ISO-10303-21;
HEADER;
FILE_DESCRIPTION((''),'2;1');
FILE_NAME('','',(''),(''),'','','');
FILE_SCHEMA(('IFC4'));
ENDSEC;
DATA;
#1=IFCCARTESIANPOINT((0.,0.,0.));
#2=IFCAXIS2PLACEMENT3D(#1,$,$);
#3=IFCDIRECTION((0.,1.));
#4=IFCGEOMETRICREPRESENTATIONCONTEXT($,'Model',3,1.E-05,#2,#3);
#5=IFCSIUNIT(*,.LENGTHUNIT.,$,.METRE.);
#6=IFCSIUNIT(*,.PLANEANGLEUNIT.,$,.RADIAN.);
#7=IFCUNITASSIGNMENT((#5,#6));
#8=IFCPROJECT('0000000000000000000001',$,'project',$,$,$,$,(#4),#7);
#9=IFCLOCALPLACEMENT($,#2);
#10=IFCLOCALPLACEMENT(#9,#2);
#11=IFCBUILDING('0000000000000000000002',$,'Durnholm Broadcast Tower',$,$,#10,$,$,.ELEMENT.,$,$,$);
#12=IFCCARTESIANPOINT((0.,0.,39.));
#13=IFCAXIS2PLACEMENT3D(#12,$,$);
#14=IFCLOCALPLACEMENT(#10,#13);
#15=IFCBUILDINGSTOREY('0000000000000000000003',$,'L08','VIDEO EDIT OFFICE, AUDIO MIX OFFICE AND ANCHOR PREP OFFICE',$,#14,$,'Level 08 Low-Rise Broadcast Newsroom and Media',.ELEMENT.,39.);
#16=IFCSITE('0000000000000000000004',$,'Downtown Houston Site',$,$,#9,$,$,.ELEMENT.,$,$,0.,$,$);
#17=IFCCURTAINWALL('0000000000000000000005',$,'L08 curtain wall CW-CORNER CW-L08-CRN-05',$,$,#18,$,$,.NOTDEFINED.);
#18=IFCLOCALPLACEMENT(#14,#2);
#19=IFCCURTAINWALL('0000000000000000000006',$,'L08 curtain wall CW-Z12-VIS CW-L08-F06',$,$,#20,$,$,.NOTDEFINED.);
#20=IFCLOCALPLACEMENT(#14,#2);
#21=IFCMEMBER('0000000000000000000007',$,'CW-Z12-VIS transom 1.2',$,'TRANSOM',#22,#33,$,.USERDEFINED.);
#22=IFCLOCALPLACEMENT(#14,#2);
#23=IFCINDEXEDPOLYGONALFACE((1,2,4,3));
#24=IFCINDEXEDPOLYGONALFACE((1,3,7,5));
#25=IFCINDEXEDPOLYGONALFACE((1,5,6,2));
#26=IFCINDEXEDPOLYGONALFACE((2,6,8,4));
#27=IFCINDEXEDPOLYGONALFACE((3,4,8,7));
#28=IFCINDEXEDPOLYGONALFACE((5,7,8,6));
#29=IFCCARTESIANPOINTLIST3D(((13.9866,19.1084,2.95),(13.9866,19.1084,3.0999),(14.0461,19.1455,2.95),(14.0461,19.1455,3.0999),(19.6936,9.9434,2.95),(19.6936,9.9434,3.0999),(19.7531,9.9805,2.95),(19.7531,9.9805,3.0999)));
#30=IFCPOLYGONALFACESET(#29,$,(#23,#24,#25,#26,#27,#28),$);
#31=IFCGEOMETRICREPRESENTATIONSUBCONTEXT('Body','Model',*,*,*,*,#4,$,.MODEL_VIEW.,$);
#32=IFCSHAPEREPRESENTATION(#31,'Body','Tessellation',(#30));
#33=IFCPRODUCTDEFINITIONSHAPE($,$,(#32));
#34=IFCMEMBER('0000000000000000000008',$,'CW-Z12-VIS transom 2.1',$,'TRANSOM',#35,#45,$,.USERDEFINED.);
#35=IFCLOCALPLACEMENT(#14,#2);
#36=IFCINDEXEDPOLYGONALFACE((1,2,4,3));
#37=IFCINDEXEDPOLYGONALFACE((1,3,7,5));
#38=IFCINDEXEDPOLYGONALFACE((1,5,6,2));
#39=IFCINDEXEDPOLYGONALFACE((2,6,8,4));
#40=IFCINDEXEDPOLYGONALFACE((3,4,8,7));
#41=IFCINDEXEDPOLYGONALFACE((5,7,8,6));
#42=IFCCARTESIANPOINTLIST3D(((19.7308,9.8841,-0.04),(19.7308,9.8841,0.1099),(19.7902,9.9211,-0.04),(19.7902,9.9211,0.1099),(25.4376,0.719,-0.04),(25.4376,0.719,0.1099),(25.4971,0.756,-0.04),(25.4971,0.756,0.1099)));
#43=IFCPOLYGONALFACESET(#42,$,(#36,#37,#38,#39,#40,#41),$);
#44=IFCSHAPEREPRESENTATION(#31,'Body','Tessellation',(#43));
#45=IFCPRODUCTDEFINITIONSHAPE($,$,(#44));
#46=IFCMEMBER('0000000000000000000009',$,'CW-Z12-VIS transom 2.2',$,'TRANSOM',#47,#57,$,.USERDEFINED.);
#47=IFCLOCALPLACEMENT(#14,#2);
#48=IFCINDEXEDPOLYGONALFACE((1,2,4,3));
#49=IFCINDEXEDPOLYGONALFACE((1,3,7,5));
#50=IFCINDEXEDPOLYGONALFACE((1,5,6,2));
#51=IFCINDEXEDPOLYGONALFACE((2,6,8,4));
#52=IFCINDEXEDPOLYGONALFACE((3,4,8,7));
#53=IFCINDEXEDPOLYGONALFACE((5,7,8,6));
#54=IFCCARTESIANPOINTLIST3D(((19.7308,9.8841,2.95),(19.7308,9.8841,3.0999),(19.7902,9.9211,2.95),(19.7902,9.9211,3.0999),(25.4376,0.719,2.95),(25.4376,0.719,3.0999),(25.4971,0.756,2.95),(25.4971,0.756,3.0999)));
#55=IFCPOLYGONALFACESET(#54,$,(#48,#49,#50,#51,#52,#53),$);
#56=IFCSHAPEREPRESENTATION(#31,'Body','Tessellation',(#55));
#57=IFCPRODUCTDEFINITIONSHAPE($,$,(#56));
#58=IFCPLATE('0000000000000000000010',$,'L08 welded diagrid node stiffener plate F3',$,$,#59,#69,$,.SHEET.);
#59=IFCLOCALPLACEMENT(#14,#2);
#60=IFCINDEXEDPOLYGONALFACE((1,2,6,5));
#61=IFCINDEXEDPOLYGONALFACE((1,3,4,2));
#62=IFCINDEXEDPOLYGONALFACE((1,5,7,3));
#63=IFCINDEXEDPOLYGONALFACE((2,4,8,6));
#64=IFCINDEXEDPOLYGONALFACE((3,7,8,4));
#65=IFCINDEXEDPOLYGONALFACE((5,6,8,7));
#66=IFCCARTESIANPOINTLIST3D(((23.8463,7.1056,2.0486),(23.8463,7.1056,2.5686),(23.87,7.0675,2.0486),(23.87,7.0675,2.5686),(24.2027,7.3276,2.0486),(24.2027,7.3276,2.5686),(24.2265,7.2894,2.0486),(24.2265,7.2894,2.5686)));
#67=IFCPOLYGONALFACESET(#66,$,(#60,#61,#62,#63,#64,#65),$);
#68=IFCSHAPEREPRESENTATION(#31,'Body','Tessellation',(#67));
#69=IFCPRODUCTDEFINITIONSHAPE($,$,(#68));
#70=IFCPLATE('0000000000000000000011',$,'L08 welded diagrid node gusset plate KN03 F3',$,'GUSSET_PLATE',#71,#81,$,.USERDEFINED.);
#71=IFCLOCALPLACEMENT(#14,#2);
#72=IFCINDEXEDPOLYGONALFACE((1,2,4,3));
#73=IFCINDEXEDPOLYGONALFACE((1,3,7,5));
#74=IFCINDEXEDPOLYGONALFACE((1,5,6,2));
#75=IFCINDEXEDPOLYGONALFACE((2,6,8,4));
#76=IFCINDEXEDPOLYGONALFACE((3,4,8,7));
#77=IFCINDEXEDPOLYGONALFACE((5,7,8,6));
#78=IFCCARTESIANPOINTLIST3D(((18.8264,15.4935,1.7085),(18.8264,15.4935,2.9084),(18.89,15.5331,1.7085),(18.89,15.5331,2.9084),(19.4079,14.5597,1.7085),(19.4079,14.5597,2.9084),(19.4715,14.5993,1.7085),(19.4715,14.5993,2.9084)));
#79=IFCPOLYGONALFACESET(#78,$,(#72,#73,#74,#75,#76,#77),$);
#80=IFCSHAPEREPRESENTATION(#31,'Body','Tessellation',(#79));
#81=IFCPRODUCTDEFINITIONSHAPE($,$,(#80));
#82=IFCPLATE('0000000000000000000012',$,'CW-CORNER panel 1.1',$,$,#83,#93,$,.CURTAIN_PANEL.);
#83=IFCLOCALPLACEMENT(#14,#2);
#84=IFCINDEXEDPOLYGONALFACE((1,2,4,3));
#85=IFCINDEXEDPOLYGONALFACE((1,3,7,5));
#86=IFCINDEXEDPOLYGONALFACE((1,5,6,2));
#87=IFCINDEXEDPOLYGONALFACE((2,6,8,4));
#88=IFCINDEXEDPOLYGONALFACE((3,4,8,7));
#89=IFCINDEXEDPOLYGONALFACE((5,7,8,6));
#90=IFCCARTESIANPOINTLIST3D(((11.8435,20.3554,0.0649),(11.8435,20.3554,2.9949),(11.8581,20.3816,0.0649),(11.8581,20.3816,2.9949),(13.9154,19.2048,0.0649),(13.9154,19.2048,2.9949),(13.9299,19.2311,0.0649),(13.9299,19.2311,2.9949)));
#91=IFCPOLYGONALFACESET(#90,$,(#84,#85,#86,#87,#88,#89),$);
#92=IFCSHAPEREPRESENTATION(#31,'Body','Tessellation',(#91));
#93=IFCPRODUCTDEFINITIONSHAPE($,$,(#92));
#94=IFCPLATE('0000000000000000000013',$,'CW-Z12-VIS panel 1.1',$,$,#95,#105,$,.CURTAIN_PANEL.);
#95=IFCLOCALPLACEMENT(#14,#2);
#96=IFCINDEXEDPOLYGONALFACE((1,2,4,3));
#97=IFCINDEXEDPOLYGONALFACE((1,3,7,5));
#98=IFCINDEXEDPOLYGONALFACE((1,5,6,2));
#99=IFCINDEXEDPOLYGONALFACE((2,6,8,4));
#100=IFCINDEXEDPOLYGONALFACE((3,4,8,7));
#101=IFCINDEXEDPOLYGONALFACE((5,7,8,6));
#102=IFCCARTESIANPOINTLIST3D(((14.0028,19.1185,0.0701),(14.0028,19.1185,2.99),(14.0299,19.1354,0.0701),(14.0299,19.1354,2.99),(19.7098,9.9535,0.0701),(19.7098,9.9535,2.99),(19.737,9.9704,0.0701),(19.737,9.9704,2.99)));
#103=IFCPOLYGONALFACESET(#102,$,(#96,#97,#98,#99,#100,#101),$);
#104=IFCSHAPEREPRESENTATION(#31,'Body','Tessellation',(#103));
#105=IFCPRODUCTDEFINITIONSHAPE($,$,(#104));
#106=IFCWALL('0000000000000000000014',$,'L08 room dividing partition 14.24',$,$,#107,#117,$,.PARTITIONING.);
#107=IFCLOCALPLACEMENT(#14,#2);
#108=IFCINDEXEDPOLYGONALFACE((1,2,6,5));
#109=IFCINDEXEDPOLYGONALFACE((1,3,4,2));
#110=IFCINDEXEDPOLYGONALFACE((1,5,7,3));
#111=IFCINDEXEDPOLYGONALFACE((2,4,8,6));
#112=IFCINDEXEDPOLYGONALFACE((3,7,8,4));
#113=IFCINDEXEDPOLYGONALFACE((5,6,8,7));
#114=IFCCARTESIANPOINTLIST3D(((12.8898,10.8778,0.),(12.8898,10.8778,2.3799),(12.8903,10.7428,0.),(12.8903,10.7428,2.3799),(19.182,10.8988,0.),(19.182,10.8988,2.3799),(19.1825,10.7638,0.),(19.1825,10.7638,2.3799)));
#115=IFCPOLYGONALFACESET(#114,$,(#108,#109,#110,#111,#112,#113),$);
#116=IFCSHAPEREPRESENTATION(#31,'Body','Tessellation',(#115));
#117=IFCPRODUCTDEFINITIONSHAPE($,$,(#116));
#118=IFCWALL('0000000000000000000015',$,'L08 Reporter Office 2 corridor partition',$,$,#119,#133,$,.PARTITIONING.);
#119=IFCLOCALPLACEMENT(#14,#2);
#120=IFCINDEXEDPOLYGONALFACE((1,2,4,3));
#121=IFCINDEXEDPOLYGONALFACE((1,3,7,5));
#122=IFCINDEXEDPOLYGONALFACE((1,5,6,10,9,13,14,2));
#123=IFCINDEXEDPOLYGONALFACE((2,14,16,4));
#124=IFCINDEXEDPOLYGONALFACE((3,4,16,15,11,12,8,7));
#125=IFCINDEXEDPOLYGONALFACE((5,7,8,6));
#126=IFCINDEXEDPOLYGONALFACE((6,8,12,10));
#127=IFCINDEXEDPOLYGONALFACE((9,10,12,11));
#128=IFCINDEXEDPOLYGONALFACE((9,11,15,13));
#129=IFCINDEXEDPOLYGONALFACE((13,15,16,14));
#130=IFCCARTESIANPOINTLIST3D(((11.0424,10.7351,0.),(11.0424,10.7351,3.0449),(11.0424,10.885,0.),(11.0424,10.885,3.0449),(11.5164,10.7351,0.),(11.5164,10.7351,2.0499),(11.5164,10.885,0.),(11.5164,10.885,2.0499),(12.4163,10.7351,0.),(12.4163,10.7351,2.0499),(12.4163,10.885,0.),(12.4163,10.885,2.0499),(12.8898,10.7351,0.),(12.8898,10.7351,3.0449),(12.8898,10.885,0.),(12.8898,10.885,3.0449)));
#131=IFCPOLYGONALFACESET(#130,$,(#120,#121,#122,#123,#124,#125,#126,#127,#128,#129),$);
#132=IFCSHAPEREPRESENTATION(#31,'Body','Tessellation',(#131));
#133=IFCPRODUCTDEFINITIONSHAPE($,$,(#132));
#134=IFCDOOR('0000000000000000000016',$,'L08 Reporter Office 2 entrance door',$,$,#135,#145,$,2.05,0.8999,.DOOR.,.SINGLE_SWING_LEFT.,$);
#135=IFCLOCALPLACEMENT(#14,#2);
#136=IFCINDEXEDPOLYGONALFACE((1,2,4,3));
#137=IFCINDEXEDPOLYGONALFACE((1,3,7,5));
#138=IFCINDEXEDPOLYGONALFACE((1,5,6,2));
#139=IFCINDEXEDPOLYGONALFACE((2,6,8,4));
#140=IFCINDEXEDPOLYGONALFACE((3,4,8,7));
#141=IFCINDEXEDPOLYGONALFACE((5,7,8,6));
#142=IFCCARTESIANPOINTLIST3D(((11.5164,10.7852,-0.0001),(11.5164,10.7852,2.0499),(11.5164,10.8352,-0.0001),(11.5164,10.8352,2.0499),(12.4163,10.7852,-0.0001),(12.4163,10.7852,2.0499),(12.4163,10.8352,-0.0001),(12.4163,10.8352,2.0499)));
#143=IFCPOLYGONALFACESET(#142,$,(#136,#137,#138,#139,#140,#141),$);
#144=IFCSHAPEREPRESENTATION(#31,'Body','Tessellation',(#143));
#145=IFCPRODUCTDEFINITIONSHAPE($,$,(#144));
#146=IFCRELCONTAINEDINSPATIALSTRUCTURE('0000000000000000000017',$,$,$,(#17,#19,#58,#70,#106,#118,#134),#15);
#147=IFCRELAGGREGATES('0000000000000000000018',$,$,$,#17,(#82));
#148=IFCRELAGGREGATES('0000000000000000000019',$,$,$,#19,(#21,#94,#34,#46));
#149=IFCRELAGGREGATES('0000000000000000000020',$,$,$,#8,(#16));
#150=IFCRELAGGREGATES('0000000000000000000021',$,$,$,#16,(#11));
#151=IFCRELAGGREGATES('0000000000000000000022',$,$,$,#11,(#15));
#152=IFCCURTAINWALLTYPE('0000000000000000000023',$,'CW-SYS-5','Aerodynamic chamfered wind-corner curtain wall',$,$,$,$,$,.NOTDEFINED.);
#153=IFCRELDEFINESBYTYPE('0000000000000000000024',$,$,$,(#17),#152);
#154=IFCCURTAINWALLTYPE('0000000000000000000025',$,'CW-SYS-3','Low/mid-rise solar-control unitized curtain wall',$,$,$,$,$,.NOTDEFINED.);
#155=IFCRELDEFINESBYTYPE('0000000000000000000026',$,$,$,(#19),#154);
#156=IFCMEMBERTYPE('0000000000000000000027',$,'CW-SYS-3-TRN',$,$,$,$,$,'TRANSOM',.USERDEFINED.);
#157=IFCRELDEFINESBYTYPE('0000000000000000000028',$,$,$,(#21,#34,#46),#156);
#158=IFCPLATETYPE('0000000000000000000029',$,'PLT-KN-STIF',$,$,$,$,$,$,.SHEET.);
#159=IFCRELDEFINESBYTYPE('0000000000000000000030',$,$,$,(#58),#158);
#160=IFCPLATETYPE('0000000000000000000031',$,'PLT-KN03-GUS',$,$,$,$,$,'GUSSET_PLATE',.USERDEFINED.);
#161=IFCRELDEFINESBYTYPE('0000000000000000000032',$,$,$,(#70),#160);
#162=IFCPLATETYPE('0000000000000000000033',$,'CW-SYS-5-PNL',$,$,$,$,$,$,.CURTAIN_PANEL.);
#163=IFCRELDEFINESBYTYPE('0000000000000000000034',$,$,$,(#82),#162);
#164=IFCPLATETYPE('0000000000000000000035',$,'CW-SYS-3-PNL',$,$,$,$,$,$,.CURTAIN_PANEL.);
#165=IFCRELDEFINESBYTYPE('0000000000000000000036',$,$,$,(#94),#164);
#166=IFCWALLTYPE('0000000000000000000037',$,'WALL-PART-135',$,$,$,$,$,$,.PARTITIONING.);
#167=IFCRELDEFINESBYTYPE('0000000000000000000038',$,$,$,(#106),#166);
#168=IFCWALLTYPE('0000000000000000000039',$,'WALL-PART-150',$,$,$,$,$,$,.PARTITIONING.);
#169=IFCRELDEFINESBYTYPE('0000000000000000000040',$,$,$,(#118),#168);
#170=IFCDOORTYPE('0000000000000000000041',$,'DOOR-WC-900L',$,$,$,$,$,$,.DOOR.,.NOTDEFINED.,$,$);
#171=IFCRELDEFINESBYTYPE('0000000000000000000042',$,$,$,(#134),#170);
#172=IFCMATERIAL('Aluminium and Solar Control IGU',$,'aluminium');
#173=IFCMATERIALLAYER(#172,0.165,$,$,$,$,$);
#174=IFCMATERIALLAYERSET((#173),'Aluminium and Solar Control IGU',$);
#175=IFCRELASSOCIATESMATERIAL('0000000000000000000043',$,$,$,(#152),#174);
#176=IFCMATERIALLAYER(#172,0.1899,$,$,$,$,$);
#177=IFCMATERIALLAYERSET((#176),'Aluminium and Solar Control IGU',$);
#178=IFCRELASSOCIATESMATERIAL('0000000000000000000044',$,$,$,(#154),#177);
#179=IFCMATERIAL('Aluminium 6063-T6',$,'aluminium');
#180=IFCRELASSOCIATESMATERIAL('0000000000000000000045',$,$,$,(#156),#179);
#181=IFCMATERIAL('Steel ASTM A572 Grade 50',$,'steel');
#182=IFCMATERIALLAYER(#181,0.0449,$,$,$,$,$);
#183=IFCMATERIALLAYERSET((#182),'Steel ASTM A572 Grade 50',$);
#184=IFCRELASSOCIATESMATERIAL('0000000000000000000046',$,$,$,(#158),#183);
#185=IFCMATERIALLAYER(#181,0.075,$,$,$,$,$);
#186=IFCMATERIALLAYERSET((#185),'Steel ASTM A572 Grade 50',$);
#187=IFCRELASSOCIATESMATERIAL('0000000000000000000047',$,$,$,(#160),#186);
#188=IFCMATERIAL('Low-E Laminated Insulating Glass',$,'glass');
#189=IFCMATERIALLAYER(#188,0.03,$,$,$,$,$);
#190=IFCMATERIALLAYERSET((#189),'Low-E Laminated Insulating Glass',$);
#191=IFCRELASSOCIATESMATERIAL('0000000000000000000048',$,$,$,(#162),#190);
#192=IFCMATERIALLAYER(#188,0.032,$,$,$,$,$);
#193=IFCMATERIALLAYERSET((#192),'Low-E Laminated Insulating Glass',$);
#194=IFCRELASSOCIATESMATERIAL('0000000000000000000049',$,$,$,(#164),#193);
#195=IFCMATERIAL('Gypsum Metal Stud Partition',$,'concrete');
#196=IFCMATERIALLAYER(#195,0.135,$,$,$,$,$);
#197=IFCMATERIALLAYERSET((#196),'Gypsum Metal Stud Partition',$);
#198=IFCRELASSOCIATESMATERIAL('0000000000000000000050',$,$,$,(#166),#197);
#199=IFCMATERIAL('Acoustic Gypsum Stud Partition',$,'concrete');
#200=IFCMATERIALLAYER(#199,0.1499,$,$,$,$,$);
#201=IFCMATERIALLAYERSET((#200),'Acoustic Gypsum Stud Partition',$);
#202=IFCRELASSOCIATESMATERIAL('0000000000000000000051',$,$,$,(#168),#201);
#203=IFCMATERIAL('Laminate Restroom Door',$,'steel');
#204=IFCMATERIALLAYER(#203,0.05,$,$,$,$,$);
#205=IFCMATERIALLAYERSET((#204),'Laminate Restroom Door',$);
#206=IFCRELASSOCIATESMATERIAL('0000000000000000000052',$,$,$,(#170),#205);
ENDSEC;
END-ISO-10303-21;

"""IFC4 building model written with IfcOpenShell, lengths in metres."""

from ifc_helpers import new_model, si_unit, direction, frame, frame_2d, origin, origin_2d, place, context, subcontext, project, spatial, rectangle, extrude, source, transform, mapped, material, layer, layer_set, material_profile, profile_set, type_object, type_shapes, element, fill, aggregate, save


model = new_model("IFC4")

# Units and contexts
model_context = context("Model", 3, precision=1e-05, world=origin(), true_north=direction((0.0, 1.0)))
body_context = subcontext(model_context, "Body", "Model", "MODEL_VIEW")
ifc_project = project(units=[si_unit("LENGTHUNIT", "METRE"), si_unit("PLANEANGLEUNIT", "RADIAN")], contexts=[model_context])

# Site, building, storey
site_placement = place(None, origin())
site = spatial("IfcSite", under=ifc_project, at=site_placement, Name="Downtown Houston Site", CompositionType="ELEMENT", RefElevation=0.0)
building_placement = place(site_placement, origin())
building = spatial("IfcBuilding", under=site, at=building_placement, Name="Durnholm Broadcast Tower", CompositionType="ELEMENT")
storey_placement = place(building_placement, frame((0.0, 0.0, 39.0)))
storey = spatial("IfcBuildingStorey", under=building, at=storey_placement, Name="L08", Description="VIDEO EDIT OFFICE, AUDIO MIX OFFICE AND ANCHOR PREP OFFICE", LongName="Level 08 Low-Rise Broadcast Newsroom and Media", CompositionType="ELEMENT", Elevation=39.0)

# Curtain walls, members
ifc_material_1 = material(Name="Aluminium and Solar Control IGU", Category="aluminium")
ifc_layer_1 = layer(ifc_material_1, 0.165)
ifc_layer_set_1 = layer_set([ifc_layer_1], Name="Aluminium and Solar Control IGU")
curtain_wall_type_1 = type_object("IfcCurtainWallType", Name="CW-SYS-5", Description="Aerodynamic chamfered wind-corner curtain wall", PredefinedType="NOTDEFINED", material=ifc_layer_set_1)
curtain_wall_1_placement = place(storey_placement, origin())
curtain_wall_1 = element("IfcCurtainWall", 1, at=curtain_wall_1_placement, inside=storey, type_object=curtain_wall_type_1, Name="L08 curtain wall CW-CORNER CW-L08-CRN-05", PredefinedType="NOTDEFINED")
ifc_material_2 = material(Name="Aluminium 6063-T6", Category="aluminium")
ifc_layer_2 = layer(ifc_material_1, 0.1899)
ifc_layer_set_2 = layer_set([ifc_layer_2], Name="Aluminium and Solar Control IGU")
curtain_wall_type_2 = type_object("IfcCurtainWallType", Name="CW-SYS-3", Description="Low/mid-rise solar-control unitized curtain wall", PredefinedType="NOTDEFINED", material=ifc_layer_set_2)
curtain_wall_2_placement = place(storey_placement, origin())
curtain_wall_2 = element("IfcCurtainWall", 2, at=curtain_wall_2_placement, inside=storey, type_object=curtain_wall_type_2, Name="L08 curtain wall CW-Z12-VIS CW-L08-F06", PredefinedType="NOTDEFINED")
ifc_material_profile_1 = material_profile(ifc_material_2, rectangle(XDim=0.0701, YDim=0.1499, at=origin_2d()), Name="CWT70X150")
ifc_profile_set_1 = profile_set([ifc_material_profile_1], Name="Aluminium 6063-T6")
member_type_1 = type_object("IfcMemberType", Name="CW-SYS-3-TRN", ElementType="TRANSOM", PredefinedType="USERDEFINED", material=ifc_profile_set_1)
shared_shape_1 = source(origin(), body_context, "Body", "SweptSolid", [
    extrude(rectangle(XDim=0.0701, YDim=0.1499, at=origin_2d()), origin(), (0.0, 0.0, 1.0), 10.7966),
])
type_shapes(member_type_1, [shared_shape_1])
member_1_placement = place(storey_placement, frame((14.0164, 19.127, 3.0249), z_axis=(0.528592, -0.848876, 0.0), x_axis=(0.848876, 0.528592, 0.0)))
member_1 = element("IfcMember", 3, at=member_1_placement, type_object=member_type_1, Name="CW-Z12-VIS transom 1.2", ObjectType="TRANSOM", PredefinedType="USERDEFINED", context=body_context, shape_type="MappedRepresentation", body=[
    mapped(shared_shape_1, transform((0.0, 0.0, 0.0), x_axis=(1.0, 0.0, 0.0), y_axis=(0.0, 1.0, 0.0), z_axis=(0.0, 0.0, 1.0), scale=1.0)),
])
member_2_placement = place(storey_placement, frame((19.7605, 9.9026, 0.0349), z_axis=(0.528575, -0.848886, 0.0), x_axis=(0.848886, 0.528575, 0.0)))
member_2 = element("IfcMember", 4, at=member_2_placement, type_object=member_type_1, Name="CW-Z12-VIS transom 2.1", ObjectType="TRANSOM", PredefinedType="USERDEFINED", context=body_context, shape_type="MappedRepresentation", body=[
    mapped(shared_shape_1, transform((0.0, 0.0, 0.0), x_axis=(1.0, 0.0, 0.0), y_axis=(0.0, 1.0, 0.0), z_axis=(0.0, 0.0, 1.0), scale=1.0)),
])
member_3_placement = place(storey_placement, frame((19.7605, 9.9026, 3.0249), z_axis=(0.528575, -0.848886, 0.0), x_axis=(0.848886, 0.528575, 0.0)))
member_3 = element("IfcMember", 5, at=member_3_placement, type_object=member_type_1, Name="CW-Z12-VIS transom 2.2", ObjectType="TRANSOM", PredefinedType="USERDEFINED", context=body_context, shape_type="MappedRepresentation", body=[
    mapped(shared_shape_1, transform((0.0, 0.0, 0.0), x_axis=(1.0, 0.0, 0.0), y_axis=(0.0, 1.0, 0.0), z_axis=(0.0, 0.0, 1.0), scale=1.0)),
])

# Plates
ifc_material_3 = material(Name="Steel ASTM A572 Grade 50", Category="steel")
ifc_layer_3 = layer(ifc_material_3, 0.0449)
ifc_layer_set_3 = layer_set([ifc_layer_3], Name="Steel ASTM A572 Grade 50")
plate_type_1 = type_object("IfcPlateType", Name="PLT-KN-STIF", PredefinedType="SHEET", material=ifc_layer_set_3)
shared_shape_2 = source(origin(), body_context, "Body", "SweptSolid", [
    extrude(rectangle(XDim=0.0449, YDim=0.4199, at=origin_2d()), origin(), (0.0, 0.0, 1.0), 0.52),
])
type_shapes(plate_type_1, [shared_shape_2])
plate_1_placement = place(storey_placement, frame((24.0364, 7.1975, 2.0486), z_axis=(0.0, 0.0, 1.0), x_axis=(-0.528587, 0.848879, 0.0)))
element("IfcPlate", 6, at=plate_1_placement, inside=storey, type_object=plate_type_1, Name="L08 welded diagrid node stiffener plate F3", PredefinedType="SHEET", context=body_context, shape_type="MappedRepresentation", body=[
    mapped(shared_shape_2, transform((0.0, 0.0, 0.0), x_axis=(1.0, 0.0, 0.0), y_axis=(0.0, 1.0, 0.0), z_axis=(0.0, 0.0, 1.0), scale=1.0)),
])
ifc_layer_4 = layer(ifc_material_3, 0.075)
ifc_layer_set_4 = layer_set([ifc_layer_4], Name="Steel ASTM A572 Grade 50")
plate_type_2 = type_object("IfcPlateType", Name="PLT-KN03-GUS", ElementType="GUSSET_PLATE", PredefinedType="USERDEFINED", material=ifc_layer_set_4)
shared_shape_3 = source(origin(), body_context, "Body", "SweptSolid", [
    extrude(rectangle(XDim=1.1001, YDim=0.075, at=origin_2d()), origin(), (0.0, 0.0, 1.0), 1.2),
])
type_shapes(plate_type_2, [shared_shape_3])
plate_2_placement = place(storey_placement, frame((19.1489, 15.0464, 1.7085), z_axis=(0.0, 0.0, 1.0), x_axis=(-0.528587, 0.848879, 0.0)))
element("IfcPlate", 7, at=plate_2_placement, inside=storey, type_object=plate_type_2, Name="L08 welded diagrid node gusset plate KN03 F3", ObjectType="GUSSET_PLATE", PredefinedType="USERDEFINED", context=body_context, shape_type="MappedRepresentation", body=[
    mapped(shared_shape_3, transform((0.0, 0.0, 0.0), x_axis=(1.0, 0.0, 0.0), y_axis=(0.0, 1.0, 0.0), z_axis=(0.0, 0.0, 1.0), scale=1.0)),
])

# Plates
ifc_material_4 = material(Name="Low-E Laminated Insulating Glass", Category="glass")
ifc_layer_5 = layer(ifc_material_4, 0.03)
ifc_layer_set_5 = layer_set([ifc_layer_5], Name="Low-E Laminated Insulating Glass")
plate_type_3 = type_object("IfcPlateType", Name="CW-SYS-5-PNL", PredefinedType="CURTAIN_PANEL", material=ifc_layer_set_5)
shared_shape_4 = source(origin(), body_context, "Body", "SweptSolid", [
    extrude(rectangle(XDim=2.3699, YDim=0.03, at=origin_2d()), origin(), (0.0, 0.0, 1.0), 2.9299),
])
type_shapes(plate_type_3, [shared_shape_4])
plate_3_placement = place(storey_placement, frame((12.8867, 19.7932, 0.0649), z_axis=(0.0, 0.0, 1.0), x_axis=(0.874246, -0.485483, 0.0)))
plate_3 = element("IfcPlate", 8, at=plate_3_placement, type_object=plate_type_3, Name="CW-CORNER panel 1.1", PredefinedType="CURTAIN_PANEL", context=body_context, shape_type="MappedRepresentation", body=[
    mapped(shared_shape_4, transform((0.0, 0.0, 0.0), x_axis=(1.0, 0.0, 0.0), y_axis=(0.0, 1.0, 0.0), z_axis=(0.0, 0.0, 1.0), scale=1.0)),
])
aggregate(curtain_wall_1, [plate_3])
ifc_layer_6 = layer(ifc_material_4, 0.032)
ifc_layer_set_6 = layer_set([ifc_layer_6], Name="Low-E Laminated Insulating Glass")
plate_type_4 = type_object("IfcPlateType", Name="CW-SYS-3-PNL", PredefinedType="CURTAIN_PANEL", material=ifc_layer_set_6)
shared_shape_5 = source(origin(), body_context, "Body", "SweptSolid", [
    extrude(rectangle(XDim=10.7966, YDim=0.032, at=origin_2d()), origin(), (0.0, 0.0, 1.0), 2.9199),
])
type_shapes(plate_type_4, [shared_shape_5])
plate_4_placement = place(storey_placement, frame((16.8699, 14.5444, 0.0701), z_axis=(0.0, 0.0, 1.0), x_axis=(0.528592, -0.848876, 0.0)))
plate_4 = element("IfcPlate", 9, at=plate_4_placement, type_object=plate_type_4, Name="CW-Z12-VIS panel 1.1", PredefinedType="CURTAIN_PANEL", context=body_context, shape_type="MappedRepresentation", body=[
    mapped(shared_shape_5, transform((0.0, 0.0, 0.0), x_axis=(1.0, 0.0, 0.0), y_axis=(0.0, 1.0, 0.0), z_axis=(0.0, 0.0, 1.0), scale=1.0)),
])
aggregate(curtain_wall_2, [member_1, plate_4, member_2, member_3])

# Wall
ifc_material_5 = material(Name="Gypsum Metal Stud Partition", Category="concrete")
ifc_layer_7 = layer(ifc_material_5, 0.135)
ifc_layer_set_7 = layer_set([ifc_layer_7], Name="Gypsum Metal Stud Partition")
wall_type_1 = type_object("IfcWallType", Name="WALL-PART-135", PredefinedType="PARTITIONING", material=ifc_layer_set_7)
wall_1_placement = place(storey_placement, frame((19.1821, 10.8313, 0.0), z_axis=(0.0, 0.0, 1.0), x_axis=(-0.999994, -0.003337, 0.0)))
element("IfcWall", 10, at=wall_1_placement, inside=storey, type_object=wall_type_1, Name="L08 room dividing partition 14.24", PredefinedType="PARTITIONING", context=body_context, shape_type="SweptSolid", body=[
    extrude(rectangle(XDim=6.2922, YDim=0.135, at=frame_2d((3.146, 0.0))), origin(), (0.0, 0.0, 1.0), 2.3799),
])

# Wall, opening, door
ifc_material_6 = material(Name="Acoustic Gypsum Stud Partition", Category="concrete")
ifc_layer_8 = layer(ifc_material_6, 0.1499)
ifc_layer_set_8 = layer_set([ifc_layer_8], Name="Acoustic Gypsum Stud Partition")
wall_type_2 = type_object("IfcWallType", Name="WALL-PART-150", PredefinedType="PARTITIONING", material=ifc_layer_set_8)
wall_2_placement = place(storey_placement, frame((12.8899, 10.8101, 0.0), z_axis=(0.0, 0.0, 1.0), x_axis=(-1.0, 0.0, 0.0)))
wall_2 = element("IfcWall", 11, at=wall_2_placement, inside=storey, type_object=wall_type_2, Name="L08 Reporter Office 2 corridor partition", PredefinedType="PARTITIONING", context=body_context, shape_type="SweptSolid", body=[
    extrude(rectangle(XDim=1.8474, YDim=0.1499, at=frame_2d((0.9238, 0.0))), origin(), (0.0, 0.0, 1.0), 3.0449),
])
opening_placement = place(wall_2_placement, frame((0.4736, 0.0, 0.0)))
opening = element("IfcOpeningElement", 12, at=opening_placement, cuts=wall_2, PredefinedType="OPENING", context=body_context, shape_type="SweptSolid", body=[
    extrude(rectangle(XDim=0.8999, YDim=2.05, at=frame_2d((0.45, 1.0249))), frame((0.0, 0.085, 0.0), z_axis=(0.0, -1.0, 0.0), x_axis=(1.0, 0.0, 0.0)), (0.0, 0.0, 1.0), 0.1699),
])
ifc_material_7 = material(Name="Laminate Restroom Door", Category="steel")
ifc_layer_9 = layer(ifc_material_7, 0.05)
ifc_layer_set_9 = layer_set([ifc_layer_9], Name="Laminate Restroom Door")
door_type = type_object("IfcDoorType", Name="DOOR-WC-900L", OperationType="NOTDEFINED", PredefinedType="DOOR", material=ifc_layer_set_9)
shared_shape_6 = source(origin(), body_context, "Body", "SweptSolid", [
    extrude(rectangle(XDim=0.8999, YDim=2.05, at=frame_2d((0.45, 1.0249))), frame((0.0, 0.0249, 0.0), z_axis=(0.0, -1.0, 0.0), x_axis=(1.0, 0.0, 0.0)), (0.0, 0.0, 1.0), 0.05),
])
type_shapes(door_type, [shared_shape_6])
door_placement = place(opening_placement, origin())
door = element("IfcDoor", 13, at=door_placement, inside=storey, type_object=door_type, Name="L08 Reporter Office 2 entrance door", OperationType="SINGLE_SWING_LEFT", OverallHeight=2.05, OverallWidth=0.8999, PredefinedType="DOOR", context=body_context, shape_type="MappedRepresentation", body=[
    mapped(shared_shape_6, transform((0.0, 0.0, 0.0), x_axis=(1.0, 0.0, 0.0), y_axis=(0.0, 1.0, 0.0), z_axis=(0.0, 0.0, 1.0), scale=1.0)),
])
fill(opening, door)

save(model, "model.ifc")
